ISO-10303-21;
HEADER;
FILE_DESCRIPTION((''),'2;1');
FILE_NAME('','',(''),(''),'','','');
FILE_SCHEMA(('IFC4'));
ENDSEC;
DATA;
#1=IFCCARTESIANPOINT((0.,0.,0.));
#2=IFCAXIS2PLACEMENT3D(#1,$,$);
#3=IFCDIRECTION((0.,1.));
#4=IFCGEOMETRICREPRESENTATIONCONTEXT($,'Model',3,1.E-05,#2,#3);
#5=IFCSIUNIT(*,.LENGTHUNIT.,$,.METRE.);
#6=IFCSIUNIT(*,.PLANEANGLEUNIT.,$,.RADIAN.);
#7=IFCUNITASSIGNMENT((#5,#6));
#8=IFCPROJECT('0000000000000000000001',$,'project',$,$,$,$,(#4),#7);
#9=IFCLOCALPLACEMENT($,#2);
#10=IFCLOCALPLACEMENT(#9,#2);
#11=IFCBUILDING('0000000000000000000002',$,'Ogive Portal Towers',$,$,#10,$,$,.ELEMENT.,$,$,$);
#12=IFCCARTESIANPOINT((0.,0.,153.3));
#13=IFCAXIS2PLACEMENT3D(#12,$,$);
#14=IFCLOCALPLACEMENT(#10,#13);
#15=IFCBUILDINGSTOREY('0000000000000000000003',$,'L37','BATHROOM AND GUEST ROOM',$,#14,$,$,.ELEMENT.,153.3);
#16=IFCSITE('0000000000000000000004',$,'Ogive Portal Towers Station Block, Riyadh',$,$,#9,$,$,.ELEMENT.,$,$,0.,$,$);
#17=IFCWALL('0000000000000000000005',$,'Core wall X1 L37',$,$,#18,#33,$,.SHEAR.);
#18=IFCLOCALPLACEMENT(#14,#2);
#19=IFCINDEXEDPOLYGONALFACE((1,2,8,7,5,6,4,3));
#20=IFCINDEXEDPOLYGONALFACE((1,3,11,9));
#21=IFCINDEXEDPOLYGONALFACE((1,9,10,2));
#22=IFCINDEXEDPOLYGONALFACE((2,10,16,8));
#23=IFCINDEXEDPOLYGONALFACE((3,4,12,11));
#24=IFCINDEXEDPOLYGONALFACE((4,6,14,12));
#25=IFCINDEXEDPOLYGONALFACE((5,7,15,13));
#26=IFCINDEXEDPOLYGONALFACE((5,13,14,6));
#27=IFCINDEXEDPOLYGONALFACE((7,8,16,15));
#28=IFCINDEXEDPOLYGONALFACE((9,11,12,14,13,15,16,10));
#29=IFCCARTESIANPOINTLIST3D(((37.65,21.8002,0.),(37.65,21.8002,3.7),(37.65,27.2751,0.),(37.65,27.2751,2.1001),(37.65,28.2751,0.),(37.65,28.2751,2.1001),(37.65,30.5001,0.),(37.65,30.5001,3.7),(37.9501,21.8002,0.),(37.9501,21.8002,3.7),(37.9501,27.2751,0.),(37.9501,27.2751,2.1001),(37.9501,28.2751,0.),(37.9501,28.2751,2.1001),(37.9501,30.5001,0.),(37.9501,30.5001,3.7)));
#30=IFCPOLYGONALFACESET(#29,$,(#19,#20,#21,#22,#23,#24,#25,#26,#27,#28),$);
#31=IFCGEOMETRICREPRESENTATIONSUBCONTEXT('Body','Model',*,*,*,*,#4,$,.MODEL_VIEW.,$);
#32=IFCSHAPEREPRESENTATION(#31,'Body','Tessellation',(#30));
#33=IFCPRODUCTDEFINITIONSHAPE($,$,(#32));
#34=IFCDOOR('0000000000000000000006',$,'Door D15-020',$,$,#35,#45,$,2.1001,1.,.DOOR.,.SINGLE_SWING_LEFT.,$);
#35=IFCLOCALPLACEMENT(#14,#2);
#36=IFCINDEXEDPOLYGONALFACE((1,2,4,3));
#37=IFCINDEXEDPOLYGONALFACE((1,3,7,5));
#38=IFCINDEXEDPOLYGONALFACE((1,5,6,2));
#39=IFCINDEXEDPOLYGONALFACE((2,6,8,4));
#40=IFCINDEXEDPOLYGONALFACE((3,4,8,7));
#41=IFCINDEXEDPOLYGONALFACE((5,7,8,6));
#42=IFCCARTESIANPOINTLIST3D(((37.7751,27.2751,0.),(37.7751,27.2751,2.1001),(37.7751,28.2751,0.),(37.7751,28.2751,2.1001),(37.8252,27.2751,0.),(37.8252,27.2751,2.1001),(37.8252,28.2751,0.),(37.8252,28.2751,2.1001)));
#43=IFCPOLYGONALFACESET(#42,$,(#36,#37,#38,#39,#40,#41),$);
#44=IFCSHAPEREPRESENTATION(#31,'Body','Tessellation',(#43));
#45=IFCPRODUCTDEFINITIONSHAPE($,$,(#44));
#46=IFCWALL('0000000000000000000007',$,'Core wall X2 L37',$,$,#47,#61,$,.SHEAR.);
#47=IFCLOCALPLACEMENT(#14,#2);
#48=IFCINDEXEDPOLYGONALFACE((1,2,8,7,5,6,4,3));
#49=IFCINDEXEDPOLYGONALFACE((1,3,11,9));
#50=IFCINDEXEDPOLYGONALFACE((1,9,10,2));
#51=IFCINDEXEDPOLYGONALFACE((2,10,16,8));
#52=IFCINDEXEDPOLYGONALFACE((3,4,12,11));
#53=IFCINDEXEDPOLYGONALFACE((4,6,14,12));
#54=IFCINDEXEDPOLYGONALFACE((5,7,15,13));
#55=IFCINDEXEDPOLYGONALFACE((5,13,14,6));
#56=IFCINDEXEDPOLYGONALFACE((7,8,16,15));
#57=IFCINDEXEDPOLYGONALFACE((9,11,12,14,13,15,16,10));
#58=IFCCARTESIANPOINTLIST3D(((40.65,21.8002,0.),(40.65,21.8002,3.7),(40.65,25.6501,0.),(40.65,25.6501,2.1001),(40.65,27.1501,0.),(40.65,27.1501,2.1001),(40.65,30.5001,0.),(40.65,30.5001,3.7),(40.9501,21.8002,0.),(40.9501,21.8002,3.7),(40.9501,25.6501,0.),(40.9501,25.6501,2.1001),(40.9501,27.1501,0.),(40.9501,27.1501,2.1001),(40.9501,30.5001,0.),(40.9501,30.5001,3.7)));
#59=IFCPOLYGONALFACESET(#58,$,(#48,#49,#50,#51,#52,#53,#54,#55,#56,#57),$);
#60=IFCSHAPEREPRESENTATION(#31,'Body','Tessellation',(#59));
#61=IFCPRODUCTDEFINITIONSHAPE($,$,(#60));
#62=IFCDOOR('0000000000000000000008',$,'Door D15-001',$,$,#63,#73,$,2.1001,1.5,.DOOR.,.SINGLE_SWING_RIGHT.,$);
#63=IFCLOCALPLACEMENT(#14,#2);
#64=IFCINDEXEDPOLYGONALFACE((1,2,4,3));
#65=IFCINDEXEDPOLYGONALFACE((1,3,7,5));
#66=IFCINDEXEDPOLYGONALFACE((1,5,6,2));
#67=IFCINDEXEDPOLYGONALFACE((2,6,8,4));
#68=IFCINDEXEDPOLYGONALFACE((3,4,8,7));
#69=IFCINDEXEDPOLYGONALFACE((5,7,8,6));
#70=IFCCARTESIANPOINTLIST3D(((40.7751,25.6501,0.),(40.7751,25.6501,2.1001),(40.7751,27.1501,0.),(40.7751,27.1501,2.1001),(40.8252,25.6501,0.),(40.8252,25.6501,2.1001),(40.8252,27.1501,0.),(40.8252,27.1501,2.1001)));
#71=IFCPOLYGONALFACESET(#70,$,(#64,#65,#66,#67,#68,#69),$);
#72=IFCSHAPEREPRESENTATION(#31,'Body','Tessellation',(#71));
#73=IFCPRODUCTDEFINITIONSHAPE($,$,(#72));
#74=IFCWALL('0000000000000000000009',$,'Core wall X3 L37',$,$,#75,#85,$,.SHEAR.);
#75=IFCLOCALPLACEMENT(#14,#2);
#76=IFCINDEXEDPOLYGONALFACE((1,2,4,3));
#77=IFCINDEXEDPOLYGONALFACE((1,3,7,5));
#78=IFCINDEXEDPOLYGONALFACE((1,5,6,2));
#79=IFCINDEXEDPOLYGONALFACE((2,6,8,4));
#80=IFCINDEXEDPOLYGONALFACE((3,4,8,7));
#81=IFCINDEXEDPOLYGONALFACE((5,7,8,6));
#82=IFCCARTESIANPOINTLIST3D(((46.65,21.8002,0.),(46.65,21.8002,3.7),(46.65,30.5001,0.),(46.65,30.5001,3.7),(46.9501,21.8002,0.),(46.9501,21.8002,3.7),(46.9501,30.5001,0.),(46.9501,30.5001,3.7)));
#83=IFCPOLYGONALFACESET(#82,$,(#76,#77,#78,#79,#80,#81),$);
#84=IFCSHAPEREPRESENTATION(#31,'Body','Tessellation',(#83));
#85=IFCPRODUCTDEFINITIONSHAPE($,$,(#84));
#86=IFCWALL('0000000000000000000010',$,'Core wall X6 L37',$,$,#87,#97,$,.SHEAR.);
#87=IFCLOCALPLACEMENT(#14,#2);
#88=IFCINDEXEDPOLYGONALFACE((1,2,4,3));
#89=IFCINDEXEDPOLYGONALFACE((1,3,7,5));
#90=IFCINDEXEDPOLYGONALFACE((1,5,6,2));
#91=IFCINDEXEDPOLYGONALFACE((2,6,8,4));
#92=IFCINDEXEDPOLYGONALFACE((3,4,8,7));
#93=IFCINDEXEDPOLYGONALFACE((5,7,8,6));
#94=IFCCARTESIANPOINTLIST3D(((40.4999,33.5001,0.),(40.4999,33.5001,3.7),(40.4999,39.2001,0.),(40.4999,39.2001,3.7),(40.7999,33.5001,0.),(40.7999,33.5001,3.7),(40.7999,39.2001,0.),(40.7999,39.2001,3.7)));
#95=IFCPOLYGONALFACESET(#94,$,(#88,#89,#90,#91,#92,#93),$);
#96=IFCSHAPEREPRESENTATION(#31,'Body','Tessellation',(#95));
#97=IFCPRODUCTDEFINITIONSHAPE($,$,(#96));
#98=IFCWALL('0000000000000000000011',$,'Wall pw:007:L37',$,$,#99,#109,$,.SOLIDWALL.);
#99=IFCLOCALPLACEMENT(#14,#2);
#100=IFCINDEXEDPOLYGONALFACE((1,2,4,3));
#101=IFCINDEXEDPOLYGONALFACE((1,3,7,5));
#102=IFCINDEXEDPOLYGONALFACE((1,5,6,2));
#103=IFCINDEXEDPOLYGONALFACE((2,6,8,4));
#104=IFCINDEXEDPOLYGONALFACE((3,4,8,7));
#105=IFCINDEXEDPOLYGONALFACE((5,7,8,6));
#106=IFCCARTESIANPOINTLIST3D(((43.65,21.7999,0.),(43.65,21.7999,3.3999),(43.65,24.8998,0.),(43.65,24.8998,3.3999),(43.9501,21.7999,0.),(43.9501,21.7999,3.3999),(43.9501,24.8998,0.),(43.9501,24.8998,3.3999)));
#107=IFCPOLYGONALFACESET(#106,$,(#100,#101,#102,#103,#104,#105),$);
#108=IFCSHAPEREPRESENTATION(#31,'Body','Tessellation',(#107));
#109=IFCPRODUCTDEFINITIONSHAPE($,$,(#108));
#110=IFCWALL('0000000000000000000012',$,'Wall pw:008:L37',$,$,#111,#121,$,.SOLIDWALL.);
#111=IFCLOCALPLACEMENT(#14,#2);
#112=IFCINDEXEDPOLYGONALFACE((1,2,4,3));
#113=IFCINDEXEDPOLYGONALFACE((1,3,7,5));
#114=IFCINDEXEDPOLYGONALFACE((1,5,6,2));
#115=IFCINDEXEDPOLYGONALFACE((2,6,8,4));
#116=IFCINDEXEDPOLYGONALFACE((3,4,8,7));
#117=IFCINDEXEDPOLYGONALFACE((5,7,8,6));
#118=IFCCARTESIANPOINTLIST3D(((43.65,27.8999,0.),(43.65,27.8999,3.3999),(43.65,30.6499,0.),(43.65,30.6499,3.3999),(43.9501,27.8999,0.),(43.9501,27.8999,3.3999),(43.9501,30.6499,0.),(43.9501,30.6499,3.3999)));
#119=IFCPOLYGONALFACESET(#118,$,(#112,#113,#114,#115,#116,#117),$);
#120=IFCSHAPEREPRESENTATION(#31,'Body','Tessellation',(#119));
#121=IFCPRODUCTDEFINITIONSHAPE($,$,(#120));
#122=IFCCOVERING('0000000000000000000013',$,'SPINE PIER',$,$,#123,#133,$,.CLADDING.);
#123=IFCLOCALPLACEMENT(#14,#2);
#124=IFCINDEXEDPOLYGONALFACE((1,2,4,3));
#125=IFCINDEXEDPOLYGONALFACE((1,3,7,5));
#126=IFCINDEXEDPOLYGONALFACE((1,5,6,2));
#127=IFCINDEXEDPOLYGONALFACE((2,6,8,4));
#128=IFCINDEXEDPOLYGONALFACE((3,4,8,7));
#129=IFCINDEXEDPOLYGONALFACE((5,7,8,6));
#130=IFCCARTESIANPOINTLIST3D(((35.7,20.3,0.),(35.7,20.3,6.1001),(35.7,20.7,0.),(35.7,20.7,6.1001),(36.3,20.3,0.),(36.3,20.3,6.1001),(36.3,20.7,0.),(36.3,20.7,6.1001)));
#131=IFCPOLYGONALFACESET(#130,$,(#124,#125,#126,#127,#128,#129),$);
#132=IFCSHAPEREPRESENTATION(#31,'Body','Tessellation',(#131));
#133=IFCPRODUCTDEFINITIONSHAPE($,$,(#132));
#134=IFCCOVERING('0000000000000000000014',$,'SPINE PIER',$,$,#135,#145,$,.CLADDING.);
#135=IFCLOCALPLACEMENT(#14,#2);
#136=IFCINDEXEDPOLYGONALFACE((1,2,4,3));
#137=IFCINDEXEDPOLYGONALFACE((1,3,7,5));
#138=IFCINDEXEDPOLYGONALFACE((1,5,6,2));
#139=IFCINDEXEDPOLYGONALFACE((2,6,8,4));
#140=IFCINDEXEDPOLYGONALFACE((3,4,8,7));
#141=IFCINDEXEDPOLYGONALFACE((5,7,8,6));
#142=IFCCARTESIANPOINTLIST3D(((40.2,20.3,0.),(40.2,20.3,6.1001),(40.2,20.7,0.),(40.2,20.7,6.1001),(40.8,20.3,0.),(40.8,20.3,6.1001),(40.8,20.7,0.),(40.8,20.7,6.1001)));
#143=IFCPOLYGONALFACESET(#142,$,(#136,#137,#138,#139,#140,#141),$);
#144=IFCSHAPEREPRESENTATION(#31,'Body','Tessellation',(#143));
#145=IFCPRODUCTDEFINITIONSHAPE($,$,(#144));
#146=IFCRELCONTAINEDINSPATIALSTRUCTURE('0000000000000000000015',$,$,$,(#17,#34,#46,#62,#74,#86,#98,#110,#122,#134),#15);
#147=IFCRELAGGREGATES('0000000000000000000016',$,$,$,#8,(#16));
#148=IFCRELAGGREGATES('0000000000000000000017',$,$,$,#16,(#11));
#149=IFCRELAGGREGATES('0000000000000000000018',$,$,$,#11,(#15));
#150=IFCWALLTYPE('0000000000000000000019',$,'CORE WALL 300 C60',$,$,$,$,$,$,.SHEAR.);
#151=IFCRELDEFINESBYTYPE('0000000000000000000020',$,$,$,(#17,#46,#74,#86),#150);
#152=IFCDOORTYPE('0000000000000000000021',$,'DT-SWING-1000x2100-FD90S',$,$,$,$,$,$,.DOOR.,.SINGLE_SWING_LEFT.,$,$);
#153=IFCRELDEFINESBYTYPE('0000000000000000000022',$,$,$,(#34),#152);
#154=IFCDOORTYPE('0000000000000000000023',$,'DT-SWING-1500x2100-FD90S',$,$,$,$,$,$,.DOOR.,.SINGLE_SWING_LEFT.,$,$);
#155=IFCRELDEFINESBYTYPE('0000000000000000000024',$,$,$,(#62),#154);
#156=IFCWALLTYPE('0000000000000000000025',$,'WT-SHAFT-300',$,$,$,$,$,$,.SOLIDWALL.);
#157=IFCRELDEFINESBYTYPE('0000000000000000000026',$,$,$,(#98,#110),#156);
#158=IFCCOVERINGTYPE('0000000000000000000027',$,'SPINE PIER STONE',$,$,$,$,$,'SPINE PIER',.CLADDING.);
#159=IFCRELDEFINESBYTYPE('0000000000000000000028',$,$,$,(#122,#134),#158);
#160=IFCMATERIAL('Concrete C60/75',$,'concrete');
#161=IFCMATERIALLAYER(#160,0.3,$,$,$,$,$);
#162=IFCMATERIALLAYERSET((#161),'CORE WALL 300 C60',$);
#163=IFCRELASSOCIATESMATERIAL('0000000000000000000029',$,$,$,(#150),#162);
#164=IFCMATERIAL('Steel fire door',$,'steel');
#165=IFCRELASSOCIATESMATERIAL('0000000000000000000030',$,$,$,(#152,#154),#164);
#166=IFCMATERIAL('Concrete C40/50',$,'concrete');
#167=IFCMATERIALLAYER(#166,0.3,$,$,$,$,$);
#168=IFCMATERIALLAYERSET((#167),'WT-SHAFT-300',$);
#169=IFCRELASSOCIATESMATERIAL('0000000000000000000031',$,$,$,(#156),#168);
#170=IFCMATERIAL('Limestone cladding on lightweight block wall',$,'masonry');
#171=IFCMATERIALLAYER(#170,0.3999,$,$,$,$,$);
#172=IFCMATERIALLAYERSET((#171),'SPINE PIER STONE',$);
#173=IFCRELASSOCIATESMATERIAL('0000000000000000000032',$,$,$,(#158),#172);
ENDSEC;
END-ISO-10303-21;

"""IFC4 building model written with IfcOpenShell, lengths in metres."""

from ifc_helpers import new_model, si_unit, direction, frame, frame_2d, origin, origin_2d, place, context, subcontext, project, spatial, rectangle, extrude, material, layer, layer_set, type_object, element, fill, save


model = new_model("IFC4")

# Units and contexts
model_context = context("Model", 3, precision=1e-05, world=origin(), true_north=direction((0.0, 1.0)))
body_context = subcontext(model_context, "Body", "Model", "MODEL_VIEW")
ifc_project = project(units=[si_unit("LENGTHUNIT", "METRE"), si_unit("PLANEANGLEUNIT", "RADIAN")], contexts=[model_context])

# Site, building, storey
site_placement = place(None, origin())
site = spatial("IfcSite", under=ifc_project, at=site_placement, Name="Ogive Portal Towers Station Block, Riyadh", CompositionType="ELEMENT", RefElevation=0.0)
building_placement = place(site_placement, origin())
building = spatial("IfcBuilding", under=site, at=building_placement, Name="Ogive Portal Towers", CompositionType="ELEMENT")
storey_placement = place(building_placement, frame((0.0, 0.0, 153.3)))
storey = spatial("IfcBuildingStorey", under=building, at=storey_placement, Name="L37", Description="BATHROOM AND GUEST ROOM", CompositionType="ELEMENT", Elevation=153.3)

# Walls, openings, doors
ifc_material_1 = material(Name="Concrete C60/75", Category="concrete")
ifc_layer_1 = layer(ifc_material_1, 0.3)
ifc_layer_set_1 = layer_set([ifc_layer_1], Name="CORE WALL 300 C60")
wall_type_1 = type_object("IfcWallType", Name="CORE WALL 300 C60", PredefinedType="SHEAR", material=ifc_layer_set_1)
wall_1_placement = place(storey_placement, frame((37.8, 21.8, 0.0), z_axis=(0.0, 0.0, 1.0), x_axis=(0.0, 1.0, 0.0)))
wall_1 = element("IfcWall", 1, at=wall_1_placement, inside=storey, type_object=wall_type_1, Name="Core wall X1 L37", PredefinedType="SHEAR", context=body_context, shape_type="SweptSolid", body=[
    extrude(rectangle(XDim=8.7, YDim=0.3, at=frame_2d((4.3501, 0.0))), origin(), (0.0, 0.0, 1.0), 3.7),
])
opening_1_placement = place(wall_1_placement, frame((5.4751, 0.0, 0.0)))
opening_1 = element("IfcOpeningElement", 2, at=opening_1_placement, cuts=wall_1, PredefinedType="OPENING", context=body_context, shape_type="SweptSolid", body=[
    extrude(rectangle(XDim=1.0, YDim=2.1001, at=frame_2d((0.5, 1.05))), frame((0.0, 0.1602, 0.0), z_axis=(0.0, -1.0, 0.0), x_axis=(1.0, 0.0, 0.0)), (0.0, 0.0, 1.0), 0.3201),
])
ifc_material_2 = material(Name="Steel fire door", Category="steel")
door_type_1 = type_object("IfcDoorType", Name="DT-SWING-1000x2100-FD90S", OperationType="SINGLE_SWING_LEFT", PredefinedType="DOOR", material=ifc_material_2)
door_1_placement = place(opening_1_placement, origin())
door_1 = element("IfcDoor", 3, at=door_1_placement, inside=storey, type_object=door_type_1, Name="Door D15-020", OperationType="SINGLE_SWING_LEFT", OverallHeight=2.1001, OverallWidth=1.0, PredefinedType="DOOR", context=body_context, shape_type="SweptSolid", body=[
    extrude(rectangle(XDim=1.0, YDim=2.1001, at=frame_2d((0.5, 1.05))), frame((0.0, 0.0249, 0.0), z_axis=(0.0, -1.0, 0.0), x_axis=(1.0, 0.0, 0.0)), (0.0, 0.0, 1.0), 0.05),
])
fill(opening_1, door_1)
wall_2_placement = place(storey_placement, frame((40.8, 21.8, 0.0), z_axis=(0.0, 0.0, 1.0), x_axis=(0.0, 1.0, 0.0)))
wall_2 = element("IfcWall", 4, at=wall_2_placement, inside=storey, type_object=wall_type_1, Name="Core wall X2 L37", PredefinedType="SHEAR", context=body_context, shape_type="SweptSolid", body=[
    extrude(rectangle(XDim=8.7, YDim=0.3, at=frame_2d((4.3501, 0.0))), origin(), (0.0, 0.0, 1.0), 3.7),
])
opening_2_placement = place(wall_2_placement, frame((3.8501, 0.0, 0.0)))
opening_2 = element("IfcOpeningElement", 5, at=opening_2_placement, cuts=wall_2, PredefinedType="OPENING", context=body_context, shape_type="SweptSolid", body=[
    extrude(rectangle(XDim=1.5, YDim=2.1001, at=frame_2d((0.75, 1.05))), frame((0.0, 0.1602, 0.0), z_axis=(0.0, -1.0, 0.0), x_axis=(1.0, 0.0, 0.0)), (0.0, 0.0, 1.0), 0.3201),
])
door_type_2 = type_object("IfcDoorType", Name="DT-SWING-1500x2100-FD90S", OperationType="SINGLE_SWING_LEFT", PredefinedType="DOOR", material=ifc_material_2)
door_2_placement = place(opening_2_placement, origin())
door_2 = element("IfcDoor", 6, at=door_2_placement, inside=storey, type_object=door_type_2, Name="Door D15-001", OperationType="SINGLE_SWING_RIGHT", OverallHeight=2.1001, OverallWidth=1.5, PredefinedType="DOOR", context=body_context, shape_type="SweptSolid", body=[
    extrude(rectangle(XDim=1.5, YDim=2.1001, at=frame_2d((0.75, 1.05))), frame((0.0, 0.0249, 0.0), z_axis=(0.0, -1.0, 0.0), x_axis=(1.0, 0.0, 0.0)), (0.0, 0.0, 1.0), 0.05),
])
fill(opening_2, door_2)

# Walls
wall_3_placement = place(storey_placement, frame((46.8, 21.8, 0.0), z_axis=(0.0, 0.0, 1.0), x_axis=(0.0, 1.0, 0.0)))
element("IfcWall", 7, at=wall_3_placement, inside=storey, type_object=wall_type_1, Name="Core wall X3 L37", PredefinedType="SHEAR", context=body_context, shape_type="SweptSolid", body=[
    extrude(rectangle(XDim=8.7, YDim=0.3, at=frame_2d((4.3501, 0.0))), origin(), (0.0, 0.0, 1.0), 3.7),
])
wall_4_placement = place(storey_placement, frame((40.6499, 33.5, 0.0), z_axis=(0.0, 0.0, 1.0), x_axis=(0.0, 1.0, 0.0)))
element("IfcWall", 8, at=wall_4_placement, inside=storey, type_object=wall_type_1, Name="Core wall X6 L37", PredefinedType="SHEAR", context=body_context, shape_type="SweptSolid", body=[
    extrude(rectangle(XDim=5.7, YDim=0.3, at=frame_2d((2.8501, 0.0))), origin(), (0.0, 0.0, 1.0), 3.7),
])

# Shared definitions
ifc_material_3 = material(Name="Concrete C40/50", Category="concrete")
ifc_layer_2 = layer(ifc_material_3, 0.3)
ifc_layer_set_2 = layer_set([ifc_layer_2], Name="WT-SHAFT-300")
wall_type_2 = type_object("IfcWallType", Name="WT-SHAFT-300", PredefinedType="SOLIDWALL", material=ifc_layer_set_2)

# Walls
wall_5_placement = place(storey_placement, frame((43.8, 21.8, 0.0), z_axis=(0.0, 0.0, 1.0), x_axis=(0.0, 1.0, 0.0)))
element("IfcWall", 9, at=wall_5_placement, inside=storey, type_object=wall_type_2, Name="Wall pw:007:L37", PredefinedType="SOLIDWALL", context=body_context, shape_type="SweptSolid", body=[
    extrude(rectangle(XDim=3.0999, YDim=0.3, at=frame_2d((1.5498, 0.0))), origin(), (0.0, 0.0, 1.0), 3.3999),
])
wall_6_placement = place(storey_placement, frame((43.8, 27.8999, 0.0), z_axis=(0.0, 0.0, 1.0), x_axis=(0.0, 1.0, 0.0)))
element("IfcWall", 10, at=wall_6_placement, inside=storey, type_object=wall_type_2, Name="Wall pw:008:L37", PredefinedType="SOLIDWALL", context=body_context, shape_type="SweptSolid", body=[
    extrude(rectangle(XDim=2.75, YDim=0.3, at=frame_2d((1.375, 0.0))), origin(), (0.0, 0.0, 1.0), 3.3999),
])

# Coverings
ifc_material_4 = material(Name="Limestone cladding on lightweight block wall", Category="masonry")
ifc_layer_3 = layer(ifc_material_4, 0.3999)
ifc_layer_set_3 = layer_set([ifc_layer_3], Name="SPINE PIER STONE")
covering_type = type_object("IfcCoveringType", Name="SPINE PIER STONE", ElementType="SPINE PIER", PredefinedType="CLADDING", material=ifc_layer_set_3)
for number, where, z_axis, x_axis, name in (
    (11, (36.0, 20.5, 0.0), (0.0, 0.0, 1.0), (1.0, 0.0, 0.0), "SPINE PIER"),
    (12, (40.5, 20.5, 0.0), (0.0, 0.0, 1.0), (1.0, 0.0, 0.0), "SPINE PIER"),
):
    element("IfcCovering", number, at=place(storey_placement, frame(where, z_axis=z_axis, x_axis=x_axis)), inside=storey, type_object=covering_type, Name=name, PredefinedType="CLADDING", context=body_context, shape_type="SweptSolid", body=[
        extrude(rectangle(XDim=0.6001, YDim=0.3999, at=origin_2d()), origin(), (0.0, 0.0, 1.0), 6.1001),
    ])

save(model, "model.ifc")
